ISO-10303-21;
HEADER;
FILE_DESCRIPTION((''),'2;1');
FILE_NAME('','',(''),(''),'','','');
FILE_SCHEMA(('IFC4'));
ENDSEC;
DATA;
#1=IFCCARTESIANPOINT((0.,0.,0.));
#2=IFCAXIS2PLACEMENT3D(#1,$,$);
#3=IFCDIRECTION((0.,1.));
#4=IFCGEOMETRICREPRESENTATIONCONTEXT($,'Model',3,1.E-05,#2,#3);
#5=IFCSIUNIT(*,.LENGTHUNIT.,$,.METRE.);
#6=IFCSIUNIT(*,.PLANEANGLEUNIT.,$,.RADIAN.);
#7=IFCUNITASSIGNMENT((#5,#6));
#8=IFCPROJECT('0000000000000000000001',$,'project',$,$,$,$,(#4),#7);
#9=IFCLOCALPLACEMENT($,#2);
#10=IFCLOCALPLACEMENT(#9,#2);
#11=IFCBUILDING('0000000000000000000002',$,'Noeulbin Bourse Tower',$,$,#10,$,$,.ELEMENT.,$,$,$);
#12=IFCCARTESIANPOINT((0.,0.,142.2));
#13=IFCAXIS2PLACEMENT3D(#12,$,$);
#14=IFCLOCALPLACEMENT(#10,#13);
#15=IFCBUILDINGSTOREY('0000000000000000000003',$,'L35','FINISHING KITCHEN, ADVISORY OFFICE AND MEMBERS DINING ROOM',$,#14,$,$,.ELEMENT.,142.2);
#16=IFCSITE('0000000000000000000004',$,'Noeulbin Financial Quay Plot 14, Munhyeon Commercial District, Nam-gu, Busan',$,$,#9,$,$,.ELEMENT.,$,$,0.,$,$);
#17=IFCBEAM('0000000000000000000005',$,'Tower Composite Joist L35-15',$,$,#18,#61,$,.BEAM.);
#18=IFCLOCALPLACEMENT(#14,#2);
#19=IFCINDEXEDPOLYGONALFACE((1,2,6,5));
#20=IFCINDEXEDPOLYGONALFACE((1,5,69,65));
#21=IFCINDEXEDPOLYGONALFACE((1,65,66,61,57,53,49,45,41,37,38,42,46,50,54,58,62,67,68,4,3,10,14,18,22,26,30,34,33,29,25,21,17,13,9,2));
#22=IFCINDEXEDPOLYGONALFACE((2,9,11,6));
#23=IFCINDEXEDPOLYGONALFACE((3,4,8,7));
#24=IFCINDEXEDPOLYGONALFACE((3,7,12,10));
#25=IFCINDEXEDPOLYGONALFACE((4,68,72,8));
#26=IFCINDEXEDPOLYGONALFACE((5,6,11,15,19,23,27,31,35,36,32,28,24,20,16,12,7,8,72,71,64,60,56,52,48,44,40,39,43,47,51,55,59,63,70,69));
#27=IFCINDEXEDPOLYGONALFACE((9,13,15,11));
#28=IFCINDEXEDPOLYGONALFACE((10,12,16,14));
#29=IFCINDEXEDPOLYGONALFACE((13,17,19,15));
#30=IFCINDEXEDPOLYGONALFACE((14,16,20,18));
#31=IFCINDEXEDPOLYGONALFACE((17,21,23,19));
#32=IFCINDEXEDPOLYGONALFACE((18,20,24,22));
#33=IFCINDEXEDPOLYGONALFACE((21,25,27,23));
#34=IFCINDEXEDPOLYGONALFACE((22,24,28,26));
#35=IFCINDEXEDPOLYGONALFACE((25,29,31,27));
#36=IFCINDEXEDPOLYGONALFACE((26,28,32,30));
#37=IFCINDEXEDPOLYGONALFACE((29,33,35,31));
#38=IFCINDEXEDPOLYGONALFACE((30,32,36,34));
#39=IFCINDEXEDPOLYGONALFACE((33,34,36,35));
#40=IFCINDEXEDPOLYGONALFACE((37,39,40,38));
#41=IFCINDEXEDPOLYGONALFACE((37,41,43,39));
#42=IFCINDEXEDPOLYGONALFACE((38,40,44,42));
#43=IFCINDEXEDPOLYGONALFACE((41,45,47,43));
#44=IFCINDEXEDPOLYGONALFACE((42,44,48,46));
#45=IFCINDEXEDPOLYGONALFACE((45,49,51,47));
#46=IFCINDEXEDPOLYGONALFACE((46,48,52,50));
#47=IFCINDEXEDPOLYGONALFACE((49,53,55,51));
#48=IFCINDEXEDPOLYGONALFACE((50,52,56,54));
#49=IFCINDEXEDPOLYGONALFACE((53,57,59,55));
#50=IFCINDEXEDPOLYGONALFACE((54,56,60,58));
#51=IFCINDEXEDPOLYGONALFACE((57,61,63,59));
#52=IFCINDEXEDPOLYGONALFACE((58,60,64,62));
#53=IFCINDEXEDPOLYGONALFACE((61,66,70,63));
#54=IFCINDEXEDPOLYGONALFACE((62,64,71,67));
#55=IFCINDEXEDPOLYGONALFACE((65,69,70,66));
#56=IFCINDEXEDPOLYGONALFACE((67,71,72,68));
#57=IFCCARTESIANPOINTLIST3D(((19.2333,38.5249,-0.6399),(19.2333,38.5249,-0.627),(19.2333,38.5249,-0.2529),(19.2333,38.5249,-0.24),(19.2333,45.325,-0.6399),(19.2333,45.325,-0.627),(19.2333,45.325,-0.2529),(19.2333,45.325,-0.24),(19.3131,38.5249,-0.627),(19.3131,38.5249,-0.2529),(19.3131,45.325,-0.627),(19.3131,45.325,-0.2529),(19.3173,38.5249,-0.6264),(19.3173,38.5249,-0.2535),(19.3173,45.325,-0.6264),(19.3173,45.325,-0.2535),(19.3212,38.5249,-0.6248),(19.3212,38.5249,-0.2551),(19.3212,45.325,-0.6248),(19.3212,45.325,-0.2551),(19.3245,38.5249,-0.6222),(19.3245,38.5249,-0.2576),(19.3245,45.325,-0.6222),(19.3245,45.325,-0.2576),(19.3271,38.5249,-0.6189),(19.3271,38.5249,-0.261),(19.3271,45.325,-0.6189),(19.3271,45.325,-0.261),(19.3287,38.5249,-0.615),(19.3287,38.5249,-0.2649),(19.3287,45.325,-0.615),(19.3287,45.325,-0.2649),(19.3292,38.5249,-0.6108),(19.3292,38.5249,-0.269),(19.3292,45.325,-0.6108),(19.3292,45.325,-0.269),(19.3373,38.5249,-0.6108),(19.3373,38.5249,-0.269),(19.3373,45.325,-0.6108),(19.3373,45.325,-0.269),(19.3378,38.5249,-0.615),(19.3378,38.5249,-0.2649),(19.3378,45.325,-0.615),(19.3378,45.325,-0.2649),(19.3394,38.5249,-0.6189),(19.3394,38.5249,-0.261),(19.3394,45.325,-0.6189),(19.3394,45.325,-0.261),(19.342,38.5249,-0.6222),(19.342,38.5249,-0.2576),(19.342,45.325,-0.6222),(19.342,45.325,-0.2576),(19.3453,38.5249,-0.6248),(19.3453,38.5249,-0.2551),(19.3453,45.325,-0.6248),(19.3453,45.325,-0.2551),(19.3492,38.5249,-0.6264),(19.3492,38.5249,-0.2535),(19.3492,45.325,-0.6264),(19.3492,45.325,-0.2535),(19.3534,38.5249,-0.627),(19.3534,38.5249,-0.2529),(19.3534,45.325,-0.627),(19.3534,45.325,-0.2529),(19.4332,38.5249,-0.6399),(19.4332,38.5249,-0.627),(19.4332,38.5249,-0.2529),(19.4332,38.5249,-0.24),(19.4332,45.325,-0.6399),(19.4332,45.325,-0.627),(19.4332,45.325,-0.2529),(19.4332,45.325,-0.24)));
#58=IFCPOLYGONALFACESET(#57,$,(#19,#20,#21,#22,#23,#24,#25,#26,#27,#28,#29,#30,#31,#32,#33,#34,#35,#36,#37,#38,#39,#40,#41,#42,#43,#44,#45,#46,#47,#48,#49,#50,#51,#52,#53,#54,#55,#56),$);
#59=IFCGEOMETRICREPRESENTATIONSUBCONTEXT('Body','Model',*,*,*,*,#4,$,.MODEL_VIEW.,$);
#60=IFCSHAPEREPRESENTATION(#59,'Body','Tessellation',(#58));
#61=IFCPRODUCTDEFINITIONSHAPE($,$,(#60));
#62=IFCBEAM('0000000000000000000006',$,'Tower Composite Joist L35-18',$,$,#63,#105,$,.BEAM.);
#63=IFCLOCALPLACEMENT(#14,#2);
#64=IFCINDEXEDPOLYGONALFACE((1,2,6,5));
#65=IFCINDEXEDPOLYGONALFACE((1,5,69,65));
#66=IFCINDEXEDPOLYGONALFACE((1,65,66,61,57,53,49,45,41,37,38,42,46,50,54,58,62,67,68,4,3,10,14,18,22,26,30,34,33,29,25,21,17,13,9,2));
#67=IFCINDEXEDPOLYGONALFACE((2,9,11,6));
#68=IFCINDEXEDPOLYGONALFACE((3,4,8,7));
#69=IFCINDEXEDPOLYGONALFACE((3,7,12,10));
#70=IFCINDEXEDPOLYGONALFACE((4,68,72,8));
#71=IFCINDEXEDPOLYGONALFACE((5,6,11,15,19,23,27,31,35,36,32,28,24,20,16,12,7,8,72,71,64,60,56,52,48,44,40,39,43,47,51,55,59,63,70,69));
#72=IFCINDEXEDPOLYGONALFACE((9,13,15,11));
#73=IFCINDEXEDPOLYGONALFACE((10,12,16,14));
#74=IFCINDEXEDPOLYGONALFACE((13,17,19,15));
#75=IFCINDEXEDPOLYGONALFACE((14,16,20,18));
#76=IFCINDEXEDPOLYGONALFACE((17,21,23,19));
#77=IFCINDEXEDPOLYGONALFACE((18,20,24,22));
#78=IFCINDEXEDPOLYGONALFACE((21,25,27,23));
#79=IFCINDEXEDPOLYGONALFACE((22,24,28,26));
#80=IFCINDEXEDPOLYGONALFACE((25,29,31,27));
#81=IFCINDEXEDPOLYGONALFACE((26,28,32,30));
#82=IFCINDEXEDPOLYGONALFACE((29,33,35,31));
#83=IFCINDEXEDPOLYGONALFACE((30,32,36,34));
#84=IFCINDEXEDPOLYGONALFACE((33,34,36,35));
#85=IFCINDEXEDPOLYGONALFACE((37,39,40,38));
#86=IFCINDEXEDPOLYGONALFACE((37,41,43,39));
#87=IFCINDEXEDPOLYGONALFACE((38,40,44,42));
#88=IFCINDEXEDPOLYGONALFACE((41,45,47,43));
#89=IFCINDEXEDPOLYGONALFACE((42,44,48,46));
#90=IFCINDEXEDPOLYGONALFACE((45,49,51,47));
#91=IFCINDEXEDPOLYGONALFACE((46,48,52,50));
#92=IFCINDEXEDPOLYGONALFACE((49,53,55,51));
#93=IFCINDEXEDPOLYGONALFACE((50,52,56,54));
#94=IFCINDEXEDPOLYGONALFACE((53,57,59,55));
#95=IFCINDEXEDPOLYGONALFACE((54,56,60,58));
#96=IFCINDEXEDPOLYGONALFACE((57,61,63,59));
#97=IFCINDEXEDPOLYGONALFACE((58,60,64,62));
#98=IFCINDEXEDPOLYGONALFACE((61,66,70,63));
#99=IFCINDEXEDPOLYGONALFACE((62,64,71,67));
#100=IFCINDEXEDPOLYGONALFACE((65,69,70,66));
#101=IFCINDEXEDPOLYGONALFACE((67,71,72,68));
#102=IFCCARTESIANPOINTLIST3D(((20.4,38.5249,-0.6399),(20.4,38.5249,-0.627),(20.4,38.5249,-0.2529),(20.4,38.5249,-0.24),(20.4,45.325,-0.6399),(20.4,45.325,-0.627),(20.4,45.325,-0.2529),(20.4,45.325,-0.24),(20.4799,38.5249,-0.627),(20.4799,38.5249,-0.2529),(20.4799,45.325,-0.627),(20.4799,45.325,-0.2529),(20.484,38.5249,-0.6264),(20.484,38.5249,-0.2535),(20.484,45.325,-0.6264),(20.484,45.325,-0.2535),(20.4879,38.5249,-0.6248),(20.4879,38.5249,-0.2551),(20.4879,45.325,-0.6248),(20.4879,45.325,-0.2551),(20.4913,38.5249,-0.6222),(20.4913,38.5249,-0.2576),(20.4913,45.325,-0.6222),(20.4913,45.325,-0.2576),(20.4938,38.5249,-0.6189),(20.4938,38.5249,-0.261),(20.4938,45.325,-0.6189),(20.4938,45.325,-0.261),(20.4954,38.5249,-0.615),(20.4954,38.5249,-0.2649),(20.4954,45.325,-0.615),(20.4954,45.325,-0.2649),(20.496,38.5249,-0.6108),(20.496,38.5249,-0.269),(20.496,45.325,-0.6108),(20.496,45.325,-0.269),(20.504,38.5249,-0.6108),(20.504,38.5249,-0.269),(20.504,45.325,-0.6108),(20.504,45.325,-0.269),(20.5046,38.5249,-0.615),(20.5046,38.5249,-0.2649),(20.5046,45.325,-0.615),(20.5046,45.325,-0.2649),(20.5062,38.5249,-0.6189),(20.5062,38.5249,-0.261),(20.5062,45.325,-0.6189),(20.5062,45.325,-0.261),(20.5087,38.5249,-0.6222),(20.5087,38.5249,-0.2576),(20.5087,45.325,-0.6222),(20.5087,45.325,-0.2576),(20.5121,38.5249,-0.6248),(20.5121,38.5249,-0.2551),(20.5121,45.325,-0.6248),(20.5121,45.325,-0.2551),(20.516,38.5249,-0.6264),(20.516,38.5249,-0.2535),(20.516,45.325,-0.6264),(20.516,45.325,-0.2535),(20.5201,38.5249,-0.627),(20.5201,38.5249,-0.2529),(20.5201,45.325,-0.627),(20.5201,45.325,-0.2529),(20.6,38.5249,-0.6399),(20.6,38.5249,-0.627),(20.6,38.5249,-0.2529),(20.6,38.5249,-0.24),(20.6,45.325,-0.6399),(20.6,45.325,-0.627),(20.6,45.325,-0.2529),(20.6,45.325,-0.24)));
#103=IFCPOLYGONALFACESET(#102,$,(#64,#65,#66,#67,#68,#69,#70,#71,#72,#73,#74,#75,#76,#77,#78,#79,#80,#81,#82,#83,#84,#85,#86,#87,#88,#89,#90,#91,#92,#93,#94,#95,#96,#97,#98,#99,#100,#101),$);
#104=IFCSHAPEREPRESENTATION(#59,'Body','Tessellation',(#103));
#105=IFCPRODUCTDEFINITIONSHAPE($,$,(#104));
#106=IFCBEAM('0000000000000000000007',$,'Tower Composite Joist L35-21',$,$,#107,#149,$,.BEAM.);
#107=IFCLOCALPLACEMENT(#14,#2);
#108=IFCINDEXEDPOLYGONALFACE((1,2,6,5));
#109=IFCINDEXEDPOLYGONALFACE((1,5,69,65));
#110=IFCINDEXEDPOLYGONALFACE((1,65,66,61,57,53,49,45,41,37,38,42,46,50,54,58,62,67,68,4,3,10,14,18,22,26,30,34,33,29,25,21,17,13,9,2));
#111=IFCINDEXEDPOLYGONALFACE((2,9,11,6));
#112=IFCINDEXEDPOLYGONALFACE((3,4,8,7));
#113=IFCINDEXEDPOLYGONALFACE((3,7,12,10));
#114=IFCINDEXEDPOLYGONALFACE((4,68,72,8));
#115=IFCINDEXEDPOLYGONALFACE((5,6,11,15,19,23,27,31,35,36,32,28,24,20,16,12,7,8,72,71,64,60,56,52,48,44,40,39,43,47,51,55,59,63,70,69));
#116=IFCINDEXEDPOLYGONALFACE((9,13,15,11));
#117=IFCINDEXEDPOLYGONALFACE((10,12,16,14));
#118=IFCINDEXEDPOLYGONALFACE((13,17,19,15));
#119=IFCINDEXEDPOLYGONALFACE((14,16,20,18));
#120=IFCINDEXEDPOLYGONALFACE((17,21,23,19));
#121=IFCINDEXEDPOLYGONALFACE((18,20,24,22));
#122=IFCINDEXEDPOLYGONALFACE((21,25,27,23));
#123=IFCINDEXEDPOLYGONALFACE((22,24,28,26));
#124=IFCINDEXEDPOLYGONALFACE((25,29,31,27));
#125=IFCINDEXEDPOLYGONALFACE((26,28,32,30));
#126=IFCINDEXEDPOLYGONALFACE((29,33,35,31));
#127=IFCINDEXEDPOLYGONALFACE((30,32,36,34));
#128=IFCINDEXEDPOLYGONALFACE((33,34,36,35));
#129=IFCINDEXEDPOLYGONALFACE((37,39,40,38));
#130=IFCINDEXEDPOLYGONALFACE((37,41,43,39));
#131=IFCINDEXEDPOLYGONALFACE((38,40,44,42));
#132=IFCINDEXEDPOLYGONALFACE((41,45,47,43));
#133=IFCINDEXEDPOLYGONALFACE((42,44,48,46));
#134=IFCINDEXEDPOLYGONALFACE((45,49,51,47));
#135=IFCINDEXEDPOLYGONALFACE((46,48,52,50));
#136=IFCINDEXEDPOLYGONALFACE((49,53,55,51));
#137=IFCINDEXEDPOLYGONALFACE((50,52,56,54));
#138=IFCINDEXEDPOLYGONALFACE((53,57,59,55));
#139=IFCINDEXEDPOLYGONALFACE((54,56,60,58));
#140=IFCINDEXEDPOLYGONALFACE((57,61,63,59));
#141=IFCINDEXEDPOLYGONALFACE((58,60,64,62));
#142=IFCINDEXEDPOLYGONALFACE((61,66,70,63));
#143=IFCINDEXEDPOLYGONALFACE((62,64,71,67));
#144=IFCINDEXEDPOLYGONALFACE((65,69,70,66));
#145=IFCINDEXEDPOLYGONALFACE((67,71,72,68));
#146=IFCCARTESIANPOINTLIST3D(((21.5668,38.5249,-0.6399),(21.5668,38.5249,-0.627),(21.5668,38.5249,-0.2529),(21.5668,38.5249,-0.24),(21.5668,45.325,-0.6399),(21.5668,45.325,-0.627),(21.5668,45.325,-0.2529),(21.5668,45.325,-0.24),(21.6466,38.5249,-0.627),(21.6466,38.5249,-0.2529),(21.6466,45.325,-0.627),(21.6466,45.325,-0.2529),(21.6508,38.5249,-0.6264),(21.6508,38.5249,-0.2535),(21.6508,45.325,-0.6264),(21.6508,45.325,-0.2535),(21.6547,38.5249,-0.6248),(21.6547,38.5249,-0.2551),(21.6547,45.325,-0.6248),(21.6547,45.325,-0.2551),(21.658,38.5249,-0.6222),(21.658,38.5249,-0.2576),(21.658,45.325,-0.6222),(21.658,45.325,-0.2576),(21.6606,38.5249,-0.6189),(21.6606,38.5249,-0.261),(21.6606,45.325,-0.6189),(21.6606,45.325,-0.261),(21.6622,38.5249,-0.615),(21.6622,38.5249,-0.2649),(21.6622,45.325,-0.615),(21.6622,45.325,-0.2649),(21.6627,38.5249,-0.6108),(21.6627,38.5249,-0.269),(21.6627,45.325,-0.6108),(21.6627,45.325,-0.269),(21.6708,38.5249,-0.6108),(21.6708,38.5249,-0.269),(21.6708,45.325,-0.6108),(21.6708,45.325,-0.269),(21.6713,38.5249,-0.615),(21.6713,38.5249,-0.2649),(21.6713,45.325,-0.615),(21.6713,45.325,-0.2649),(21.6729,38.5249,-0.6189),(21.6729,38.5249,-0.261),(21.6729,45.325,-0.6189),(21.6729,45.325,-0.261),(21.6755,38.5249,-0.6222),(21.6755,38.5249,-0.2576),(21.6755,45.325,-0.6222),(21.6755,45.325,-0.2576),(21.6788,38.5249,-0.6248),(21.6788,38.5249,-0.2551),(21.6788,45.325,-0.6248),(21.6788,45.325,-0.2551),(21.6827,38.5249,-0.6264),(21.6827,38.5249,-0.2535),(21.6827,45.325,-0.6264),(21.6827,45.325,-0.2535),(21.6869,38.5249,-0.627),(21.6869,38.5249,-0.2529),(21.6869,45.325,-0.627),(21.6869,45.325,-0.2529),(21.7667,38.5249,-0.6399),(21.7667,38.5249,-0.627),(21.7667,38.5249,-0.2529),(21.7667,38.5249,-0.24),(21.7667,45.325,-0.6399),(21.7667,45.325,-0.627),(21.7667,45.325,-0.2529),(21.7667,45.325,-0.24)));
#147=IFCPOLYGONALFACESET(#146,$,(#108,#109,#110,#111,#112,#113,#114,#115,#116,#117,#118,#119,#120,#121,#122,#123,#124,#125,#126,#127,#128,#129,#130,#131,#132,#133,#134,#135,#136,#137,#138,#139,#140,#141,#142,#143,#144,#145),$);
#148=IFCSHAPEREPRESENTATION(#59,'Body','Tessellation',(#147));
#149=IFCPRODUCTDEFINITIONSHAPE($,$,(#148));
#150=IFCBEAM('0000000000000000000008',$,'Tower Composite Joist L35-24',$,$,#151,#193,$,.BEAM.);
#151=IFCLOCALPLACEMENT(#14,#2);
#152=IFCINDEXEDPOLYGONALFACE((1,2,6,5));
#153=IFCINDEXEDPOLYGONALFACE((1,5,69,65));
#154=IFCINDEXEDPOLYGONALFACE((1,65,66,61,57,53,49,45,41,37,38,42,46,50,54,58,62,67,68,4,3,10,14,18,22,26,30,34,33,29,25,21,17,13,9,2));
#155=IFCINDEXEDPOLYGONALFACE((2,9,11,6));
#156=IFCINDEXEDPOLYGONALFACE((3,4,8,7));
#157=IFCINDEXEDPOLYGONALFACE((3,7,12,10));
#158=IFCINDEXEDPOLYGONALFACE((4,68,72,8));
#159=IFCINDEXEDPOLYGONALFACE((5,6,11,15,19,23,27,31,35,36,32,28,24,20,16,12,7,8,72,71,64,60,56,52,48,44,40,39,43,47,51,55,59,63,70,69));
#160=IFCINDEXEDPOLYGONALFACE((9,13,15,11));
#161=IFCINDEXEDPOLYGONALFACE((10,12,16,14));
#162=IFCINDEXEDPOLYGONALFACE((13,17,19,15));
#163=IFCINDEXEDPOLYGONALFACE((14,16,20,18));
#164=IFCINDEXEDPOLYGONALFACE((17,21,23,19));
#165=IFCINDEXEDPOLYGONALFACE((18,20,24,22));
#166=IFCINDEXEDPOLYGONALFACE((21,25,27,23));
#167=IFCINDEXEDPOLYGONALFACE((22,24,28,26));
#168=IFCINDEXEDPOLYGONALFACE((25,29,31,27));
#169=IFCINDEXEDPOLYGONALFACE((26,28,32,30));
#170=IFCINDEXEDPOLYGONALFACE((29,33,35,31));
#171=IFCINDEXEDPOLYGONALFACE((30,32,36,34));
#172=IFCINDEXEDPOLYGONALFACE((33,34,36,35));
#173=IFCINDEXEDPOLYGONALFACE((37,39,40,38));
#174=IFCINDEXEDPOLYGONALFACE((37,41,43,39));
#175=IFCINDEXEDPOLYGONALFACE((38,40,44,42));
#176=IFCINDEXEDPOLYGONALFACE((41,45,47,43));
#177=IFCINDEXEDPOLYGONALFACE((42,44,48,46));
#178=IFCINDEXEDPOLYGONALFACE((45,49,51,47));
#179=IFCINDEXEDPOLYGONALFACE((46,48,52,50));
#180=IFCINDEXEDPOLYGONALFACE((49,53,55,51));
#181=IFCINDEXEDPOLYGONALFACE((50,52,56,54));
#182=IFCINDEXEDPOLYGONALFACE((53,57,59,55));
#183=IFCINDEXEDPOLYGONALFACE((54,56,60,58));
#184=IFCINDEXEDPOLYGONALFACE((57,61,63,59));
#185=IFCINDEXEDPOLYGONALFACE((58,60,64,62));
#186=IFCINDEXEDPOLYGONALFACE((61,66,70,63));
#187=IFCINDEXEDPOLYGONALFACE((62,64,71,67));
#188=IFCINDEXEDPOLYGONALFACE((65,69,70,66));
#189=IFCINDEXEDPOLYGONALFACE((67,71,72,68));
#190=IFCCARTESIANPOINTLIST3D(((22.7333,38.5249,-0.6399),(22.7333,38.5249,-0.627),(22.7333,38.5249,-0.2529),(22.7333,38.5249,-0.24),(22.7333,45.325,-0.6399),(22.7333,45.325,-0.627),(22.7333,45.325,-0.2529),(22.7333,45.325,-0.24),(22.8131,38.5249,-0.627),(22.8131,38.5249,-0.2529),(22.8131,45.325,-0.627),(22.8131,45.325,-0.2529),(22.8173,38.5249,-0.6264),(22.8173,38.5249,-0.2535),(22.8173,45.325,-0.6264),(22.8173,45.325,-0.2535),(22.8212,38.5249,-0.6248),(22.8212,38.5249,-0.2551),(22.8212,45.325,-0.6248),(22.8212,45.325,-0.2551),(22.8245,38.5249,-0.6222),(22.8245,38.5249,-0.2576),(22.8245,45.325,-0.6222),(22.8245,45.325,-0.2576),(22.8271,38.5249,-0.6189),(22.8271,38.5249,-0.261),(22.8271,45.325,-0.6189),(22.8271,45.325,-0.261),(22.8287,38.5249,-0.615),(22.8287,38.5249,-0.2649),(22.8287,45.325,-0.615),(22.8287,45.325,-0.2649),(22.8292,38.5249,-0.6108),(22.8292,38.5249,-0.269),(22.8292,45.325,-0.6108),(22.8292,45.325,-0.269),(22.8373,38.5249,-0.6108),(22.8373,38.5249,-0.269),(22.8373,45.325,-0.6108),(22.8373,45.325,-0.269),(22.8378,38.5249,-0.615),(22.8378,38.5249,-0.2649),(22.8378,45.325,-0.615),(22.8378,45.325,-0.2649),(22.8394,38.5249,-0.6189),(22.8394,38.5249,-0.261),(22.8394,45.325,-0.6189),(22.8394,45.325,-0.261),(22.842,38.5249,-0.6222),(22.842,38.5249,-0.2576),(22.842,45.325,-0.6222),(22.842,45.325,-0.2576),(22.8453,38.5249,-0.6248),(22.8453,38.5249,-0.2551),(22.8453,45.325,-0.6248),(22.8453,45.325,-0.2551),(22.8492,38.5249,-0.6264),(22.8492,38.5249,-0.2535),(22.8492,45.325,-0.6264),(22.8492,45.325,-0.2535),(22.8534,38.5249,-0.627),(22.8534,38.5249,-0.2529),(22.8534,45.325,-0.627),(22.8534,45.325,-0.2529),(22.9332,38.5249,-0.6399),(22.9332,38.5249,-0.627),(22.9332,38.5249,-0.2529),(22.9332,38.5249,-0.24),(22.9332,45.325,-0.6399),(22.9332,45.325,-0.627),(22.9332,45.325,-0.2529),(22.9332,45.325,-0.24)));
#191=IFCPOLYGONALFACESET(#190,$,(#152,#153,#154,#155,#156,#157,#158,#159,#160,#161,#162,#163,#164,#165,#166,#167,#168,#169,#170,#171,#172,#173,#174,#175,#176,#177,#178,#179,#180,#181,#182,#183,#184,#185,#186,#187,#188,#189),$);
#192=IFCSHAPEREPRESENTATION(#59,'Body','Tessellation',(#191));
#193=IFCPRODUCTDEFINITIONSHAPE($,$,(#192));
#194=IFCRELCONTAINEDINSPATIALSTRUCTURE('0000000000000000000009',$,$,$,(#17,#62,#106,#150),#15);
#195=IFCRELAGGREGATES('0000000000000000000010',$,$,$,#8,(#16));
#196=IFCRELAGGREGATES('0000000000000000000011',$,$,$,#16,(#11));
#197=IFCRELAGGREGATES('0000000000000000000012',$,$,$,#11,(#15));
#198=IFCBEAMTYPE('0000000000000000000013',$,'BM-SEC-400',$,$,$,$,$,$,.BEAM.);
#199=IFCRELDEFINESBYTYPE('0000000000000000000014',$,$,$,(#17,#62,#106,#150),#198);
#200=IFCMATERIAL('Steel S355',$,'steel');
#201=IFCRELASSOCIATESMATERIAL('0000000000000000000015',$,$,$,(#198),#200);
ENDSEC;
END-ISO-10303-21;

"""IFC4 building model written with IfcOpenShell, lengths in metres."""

from ifc_helpers import new_model, si_unit, direction, frame, origin, origin_2d, place, context, subcontext, project, spatial, i_section, extrude, material, material_profile, profile_set, type_object, element, save


model = new_model("IFC4")

# Units and contexts
model_context = context("Model", 3, precision=1e-05, world=origin(), true_north=direction((0.0, 1.0)))
body_context = subcontext(model_context, "Body", "Model", "MODEL_VIEW")
ifc_project = project(units=[si_unit("LENGTHUNIT", "METRE"), si_unit("PLANEANGLEUNIT", "RADIAN")], contexts=[model_context])

# Site, building, storey
site_placement = place(None, origin())
site = spatial("IfcSite", under=ifc_project, at=site_placement, Name="Noeulbin Financial Quay Plot 14, Munhyeon Commercial District, Nam-gu, Busan", CompositionType="ELEMENT", RefElevation=0.0)
building_placement = place(site_placement, origin())
building = spatial("IfcBuilding", under=site, at=building_placement, Name="Noeulbin Bourse Tower", CompositionType="ELEMENT")
storey_placement = place(building_placement, frame((0.0, 0.0, 142.2)))
storey = spatial("IfcBuildingStorey", under=building, at=storey_placement, Name="L35", Description="FINISHING KITCHEN, ADVISORY OFFICE AND MEMBERS DINING ROOM", CompositionType="ELEMENT", Elevation=142.2)

# Shared definitions
ifc_material_1 = material(Name="Steel S355", Category="steel")

# Beams
ifc_material_profile_1 = material_profile(ifc_material_1, i_section(OverallWidth=0.2, OverallDepth=0.3999, WebThickness=0.0081, FlangeThickness=0.0129, FilletRadius=0.0161, at=origin_2d()), Name="H-400x200x8x13", Category="LoadBearing")
ifc_profile_set_1 = profile_set([ifc_material_profile_1], Name="Steel S355")
beam_type_1 = type_object("IfcBeamType", Name="BM-SEC-400", PredefinedType="BEAM", material=ifc_profile_set_1)
for number, where, z_axis, x_axis, name in (
    (1, (19.3333, 38.5249, -0.4399), (0.0, 1.0, 0.0), (-1.0, 0.0, 0.0), "Tower Composite Joist L35-15"),
    (2, (20.5, 38.5249, -0.4399), (0.0, 1.0, 0.0), (-1.0, 0.0, 0.0), "Tower Composite Joist L35-18"),
    (3, (21.6667, 38.5249, -0.4399), (0.0, 1.0, 0.0), (-1.0, 0.0, 0.0), "Tower Composite Joist L35-21"),
    (4, (22.8333, 38.5249, -0.4399), (0.0, 1.0, 0.0), (-1.0, 0.0, 0.0), "Tower Composite Joist L35-24"),
):
    element("IfcBeam", number, at=place(storey_placement, frame(where, z_axis=z_axis, x_axis=x_axis)), inside=storey, type_object=beam_type_1, Name=name, PredefinedType="BEAM", context=body_context, shape_type="SweptSolid", body=[
        extrude(i_section(OverallWidth=0.2, OverallDepth=0.3999, WebThickness=0.0081, FlangeThickness=0.0129, FilletRadius=0.0161, at=origin_2d()), origin(), (0.0, 0.0, 1.0), 6.8),
    ])

save(model, "model.ifc")
